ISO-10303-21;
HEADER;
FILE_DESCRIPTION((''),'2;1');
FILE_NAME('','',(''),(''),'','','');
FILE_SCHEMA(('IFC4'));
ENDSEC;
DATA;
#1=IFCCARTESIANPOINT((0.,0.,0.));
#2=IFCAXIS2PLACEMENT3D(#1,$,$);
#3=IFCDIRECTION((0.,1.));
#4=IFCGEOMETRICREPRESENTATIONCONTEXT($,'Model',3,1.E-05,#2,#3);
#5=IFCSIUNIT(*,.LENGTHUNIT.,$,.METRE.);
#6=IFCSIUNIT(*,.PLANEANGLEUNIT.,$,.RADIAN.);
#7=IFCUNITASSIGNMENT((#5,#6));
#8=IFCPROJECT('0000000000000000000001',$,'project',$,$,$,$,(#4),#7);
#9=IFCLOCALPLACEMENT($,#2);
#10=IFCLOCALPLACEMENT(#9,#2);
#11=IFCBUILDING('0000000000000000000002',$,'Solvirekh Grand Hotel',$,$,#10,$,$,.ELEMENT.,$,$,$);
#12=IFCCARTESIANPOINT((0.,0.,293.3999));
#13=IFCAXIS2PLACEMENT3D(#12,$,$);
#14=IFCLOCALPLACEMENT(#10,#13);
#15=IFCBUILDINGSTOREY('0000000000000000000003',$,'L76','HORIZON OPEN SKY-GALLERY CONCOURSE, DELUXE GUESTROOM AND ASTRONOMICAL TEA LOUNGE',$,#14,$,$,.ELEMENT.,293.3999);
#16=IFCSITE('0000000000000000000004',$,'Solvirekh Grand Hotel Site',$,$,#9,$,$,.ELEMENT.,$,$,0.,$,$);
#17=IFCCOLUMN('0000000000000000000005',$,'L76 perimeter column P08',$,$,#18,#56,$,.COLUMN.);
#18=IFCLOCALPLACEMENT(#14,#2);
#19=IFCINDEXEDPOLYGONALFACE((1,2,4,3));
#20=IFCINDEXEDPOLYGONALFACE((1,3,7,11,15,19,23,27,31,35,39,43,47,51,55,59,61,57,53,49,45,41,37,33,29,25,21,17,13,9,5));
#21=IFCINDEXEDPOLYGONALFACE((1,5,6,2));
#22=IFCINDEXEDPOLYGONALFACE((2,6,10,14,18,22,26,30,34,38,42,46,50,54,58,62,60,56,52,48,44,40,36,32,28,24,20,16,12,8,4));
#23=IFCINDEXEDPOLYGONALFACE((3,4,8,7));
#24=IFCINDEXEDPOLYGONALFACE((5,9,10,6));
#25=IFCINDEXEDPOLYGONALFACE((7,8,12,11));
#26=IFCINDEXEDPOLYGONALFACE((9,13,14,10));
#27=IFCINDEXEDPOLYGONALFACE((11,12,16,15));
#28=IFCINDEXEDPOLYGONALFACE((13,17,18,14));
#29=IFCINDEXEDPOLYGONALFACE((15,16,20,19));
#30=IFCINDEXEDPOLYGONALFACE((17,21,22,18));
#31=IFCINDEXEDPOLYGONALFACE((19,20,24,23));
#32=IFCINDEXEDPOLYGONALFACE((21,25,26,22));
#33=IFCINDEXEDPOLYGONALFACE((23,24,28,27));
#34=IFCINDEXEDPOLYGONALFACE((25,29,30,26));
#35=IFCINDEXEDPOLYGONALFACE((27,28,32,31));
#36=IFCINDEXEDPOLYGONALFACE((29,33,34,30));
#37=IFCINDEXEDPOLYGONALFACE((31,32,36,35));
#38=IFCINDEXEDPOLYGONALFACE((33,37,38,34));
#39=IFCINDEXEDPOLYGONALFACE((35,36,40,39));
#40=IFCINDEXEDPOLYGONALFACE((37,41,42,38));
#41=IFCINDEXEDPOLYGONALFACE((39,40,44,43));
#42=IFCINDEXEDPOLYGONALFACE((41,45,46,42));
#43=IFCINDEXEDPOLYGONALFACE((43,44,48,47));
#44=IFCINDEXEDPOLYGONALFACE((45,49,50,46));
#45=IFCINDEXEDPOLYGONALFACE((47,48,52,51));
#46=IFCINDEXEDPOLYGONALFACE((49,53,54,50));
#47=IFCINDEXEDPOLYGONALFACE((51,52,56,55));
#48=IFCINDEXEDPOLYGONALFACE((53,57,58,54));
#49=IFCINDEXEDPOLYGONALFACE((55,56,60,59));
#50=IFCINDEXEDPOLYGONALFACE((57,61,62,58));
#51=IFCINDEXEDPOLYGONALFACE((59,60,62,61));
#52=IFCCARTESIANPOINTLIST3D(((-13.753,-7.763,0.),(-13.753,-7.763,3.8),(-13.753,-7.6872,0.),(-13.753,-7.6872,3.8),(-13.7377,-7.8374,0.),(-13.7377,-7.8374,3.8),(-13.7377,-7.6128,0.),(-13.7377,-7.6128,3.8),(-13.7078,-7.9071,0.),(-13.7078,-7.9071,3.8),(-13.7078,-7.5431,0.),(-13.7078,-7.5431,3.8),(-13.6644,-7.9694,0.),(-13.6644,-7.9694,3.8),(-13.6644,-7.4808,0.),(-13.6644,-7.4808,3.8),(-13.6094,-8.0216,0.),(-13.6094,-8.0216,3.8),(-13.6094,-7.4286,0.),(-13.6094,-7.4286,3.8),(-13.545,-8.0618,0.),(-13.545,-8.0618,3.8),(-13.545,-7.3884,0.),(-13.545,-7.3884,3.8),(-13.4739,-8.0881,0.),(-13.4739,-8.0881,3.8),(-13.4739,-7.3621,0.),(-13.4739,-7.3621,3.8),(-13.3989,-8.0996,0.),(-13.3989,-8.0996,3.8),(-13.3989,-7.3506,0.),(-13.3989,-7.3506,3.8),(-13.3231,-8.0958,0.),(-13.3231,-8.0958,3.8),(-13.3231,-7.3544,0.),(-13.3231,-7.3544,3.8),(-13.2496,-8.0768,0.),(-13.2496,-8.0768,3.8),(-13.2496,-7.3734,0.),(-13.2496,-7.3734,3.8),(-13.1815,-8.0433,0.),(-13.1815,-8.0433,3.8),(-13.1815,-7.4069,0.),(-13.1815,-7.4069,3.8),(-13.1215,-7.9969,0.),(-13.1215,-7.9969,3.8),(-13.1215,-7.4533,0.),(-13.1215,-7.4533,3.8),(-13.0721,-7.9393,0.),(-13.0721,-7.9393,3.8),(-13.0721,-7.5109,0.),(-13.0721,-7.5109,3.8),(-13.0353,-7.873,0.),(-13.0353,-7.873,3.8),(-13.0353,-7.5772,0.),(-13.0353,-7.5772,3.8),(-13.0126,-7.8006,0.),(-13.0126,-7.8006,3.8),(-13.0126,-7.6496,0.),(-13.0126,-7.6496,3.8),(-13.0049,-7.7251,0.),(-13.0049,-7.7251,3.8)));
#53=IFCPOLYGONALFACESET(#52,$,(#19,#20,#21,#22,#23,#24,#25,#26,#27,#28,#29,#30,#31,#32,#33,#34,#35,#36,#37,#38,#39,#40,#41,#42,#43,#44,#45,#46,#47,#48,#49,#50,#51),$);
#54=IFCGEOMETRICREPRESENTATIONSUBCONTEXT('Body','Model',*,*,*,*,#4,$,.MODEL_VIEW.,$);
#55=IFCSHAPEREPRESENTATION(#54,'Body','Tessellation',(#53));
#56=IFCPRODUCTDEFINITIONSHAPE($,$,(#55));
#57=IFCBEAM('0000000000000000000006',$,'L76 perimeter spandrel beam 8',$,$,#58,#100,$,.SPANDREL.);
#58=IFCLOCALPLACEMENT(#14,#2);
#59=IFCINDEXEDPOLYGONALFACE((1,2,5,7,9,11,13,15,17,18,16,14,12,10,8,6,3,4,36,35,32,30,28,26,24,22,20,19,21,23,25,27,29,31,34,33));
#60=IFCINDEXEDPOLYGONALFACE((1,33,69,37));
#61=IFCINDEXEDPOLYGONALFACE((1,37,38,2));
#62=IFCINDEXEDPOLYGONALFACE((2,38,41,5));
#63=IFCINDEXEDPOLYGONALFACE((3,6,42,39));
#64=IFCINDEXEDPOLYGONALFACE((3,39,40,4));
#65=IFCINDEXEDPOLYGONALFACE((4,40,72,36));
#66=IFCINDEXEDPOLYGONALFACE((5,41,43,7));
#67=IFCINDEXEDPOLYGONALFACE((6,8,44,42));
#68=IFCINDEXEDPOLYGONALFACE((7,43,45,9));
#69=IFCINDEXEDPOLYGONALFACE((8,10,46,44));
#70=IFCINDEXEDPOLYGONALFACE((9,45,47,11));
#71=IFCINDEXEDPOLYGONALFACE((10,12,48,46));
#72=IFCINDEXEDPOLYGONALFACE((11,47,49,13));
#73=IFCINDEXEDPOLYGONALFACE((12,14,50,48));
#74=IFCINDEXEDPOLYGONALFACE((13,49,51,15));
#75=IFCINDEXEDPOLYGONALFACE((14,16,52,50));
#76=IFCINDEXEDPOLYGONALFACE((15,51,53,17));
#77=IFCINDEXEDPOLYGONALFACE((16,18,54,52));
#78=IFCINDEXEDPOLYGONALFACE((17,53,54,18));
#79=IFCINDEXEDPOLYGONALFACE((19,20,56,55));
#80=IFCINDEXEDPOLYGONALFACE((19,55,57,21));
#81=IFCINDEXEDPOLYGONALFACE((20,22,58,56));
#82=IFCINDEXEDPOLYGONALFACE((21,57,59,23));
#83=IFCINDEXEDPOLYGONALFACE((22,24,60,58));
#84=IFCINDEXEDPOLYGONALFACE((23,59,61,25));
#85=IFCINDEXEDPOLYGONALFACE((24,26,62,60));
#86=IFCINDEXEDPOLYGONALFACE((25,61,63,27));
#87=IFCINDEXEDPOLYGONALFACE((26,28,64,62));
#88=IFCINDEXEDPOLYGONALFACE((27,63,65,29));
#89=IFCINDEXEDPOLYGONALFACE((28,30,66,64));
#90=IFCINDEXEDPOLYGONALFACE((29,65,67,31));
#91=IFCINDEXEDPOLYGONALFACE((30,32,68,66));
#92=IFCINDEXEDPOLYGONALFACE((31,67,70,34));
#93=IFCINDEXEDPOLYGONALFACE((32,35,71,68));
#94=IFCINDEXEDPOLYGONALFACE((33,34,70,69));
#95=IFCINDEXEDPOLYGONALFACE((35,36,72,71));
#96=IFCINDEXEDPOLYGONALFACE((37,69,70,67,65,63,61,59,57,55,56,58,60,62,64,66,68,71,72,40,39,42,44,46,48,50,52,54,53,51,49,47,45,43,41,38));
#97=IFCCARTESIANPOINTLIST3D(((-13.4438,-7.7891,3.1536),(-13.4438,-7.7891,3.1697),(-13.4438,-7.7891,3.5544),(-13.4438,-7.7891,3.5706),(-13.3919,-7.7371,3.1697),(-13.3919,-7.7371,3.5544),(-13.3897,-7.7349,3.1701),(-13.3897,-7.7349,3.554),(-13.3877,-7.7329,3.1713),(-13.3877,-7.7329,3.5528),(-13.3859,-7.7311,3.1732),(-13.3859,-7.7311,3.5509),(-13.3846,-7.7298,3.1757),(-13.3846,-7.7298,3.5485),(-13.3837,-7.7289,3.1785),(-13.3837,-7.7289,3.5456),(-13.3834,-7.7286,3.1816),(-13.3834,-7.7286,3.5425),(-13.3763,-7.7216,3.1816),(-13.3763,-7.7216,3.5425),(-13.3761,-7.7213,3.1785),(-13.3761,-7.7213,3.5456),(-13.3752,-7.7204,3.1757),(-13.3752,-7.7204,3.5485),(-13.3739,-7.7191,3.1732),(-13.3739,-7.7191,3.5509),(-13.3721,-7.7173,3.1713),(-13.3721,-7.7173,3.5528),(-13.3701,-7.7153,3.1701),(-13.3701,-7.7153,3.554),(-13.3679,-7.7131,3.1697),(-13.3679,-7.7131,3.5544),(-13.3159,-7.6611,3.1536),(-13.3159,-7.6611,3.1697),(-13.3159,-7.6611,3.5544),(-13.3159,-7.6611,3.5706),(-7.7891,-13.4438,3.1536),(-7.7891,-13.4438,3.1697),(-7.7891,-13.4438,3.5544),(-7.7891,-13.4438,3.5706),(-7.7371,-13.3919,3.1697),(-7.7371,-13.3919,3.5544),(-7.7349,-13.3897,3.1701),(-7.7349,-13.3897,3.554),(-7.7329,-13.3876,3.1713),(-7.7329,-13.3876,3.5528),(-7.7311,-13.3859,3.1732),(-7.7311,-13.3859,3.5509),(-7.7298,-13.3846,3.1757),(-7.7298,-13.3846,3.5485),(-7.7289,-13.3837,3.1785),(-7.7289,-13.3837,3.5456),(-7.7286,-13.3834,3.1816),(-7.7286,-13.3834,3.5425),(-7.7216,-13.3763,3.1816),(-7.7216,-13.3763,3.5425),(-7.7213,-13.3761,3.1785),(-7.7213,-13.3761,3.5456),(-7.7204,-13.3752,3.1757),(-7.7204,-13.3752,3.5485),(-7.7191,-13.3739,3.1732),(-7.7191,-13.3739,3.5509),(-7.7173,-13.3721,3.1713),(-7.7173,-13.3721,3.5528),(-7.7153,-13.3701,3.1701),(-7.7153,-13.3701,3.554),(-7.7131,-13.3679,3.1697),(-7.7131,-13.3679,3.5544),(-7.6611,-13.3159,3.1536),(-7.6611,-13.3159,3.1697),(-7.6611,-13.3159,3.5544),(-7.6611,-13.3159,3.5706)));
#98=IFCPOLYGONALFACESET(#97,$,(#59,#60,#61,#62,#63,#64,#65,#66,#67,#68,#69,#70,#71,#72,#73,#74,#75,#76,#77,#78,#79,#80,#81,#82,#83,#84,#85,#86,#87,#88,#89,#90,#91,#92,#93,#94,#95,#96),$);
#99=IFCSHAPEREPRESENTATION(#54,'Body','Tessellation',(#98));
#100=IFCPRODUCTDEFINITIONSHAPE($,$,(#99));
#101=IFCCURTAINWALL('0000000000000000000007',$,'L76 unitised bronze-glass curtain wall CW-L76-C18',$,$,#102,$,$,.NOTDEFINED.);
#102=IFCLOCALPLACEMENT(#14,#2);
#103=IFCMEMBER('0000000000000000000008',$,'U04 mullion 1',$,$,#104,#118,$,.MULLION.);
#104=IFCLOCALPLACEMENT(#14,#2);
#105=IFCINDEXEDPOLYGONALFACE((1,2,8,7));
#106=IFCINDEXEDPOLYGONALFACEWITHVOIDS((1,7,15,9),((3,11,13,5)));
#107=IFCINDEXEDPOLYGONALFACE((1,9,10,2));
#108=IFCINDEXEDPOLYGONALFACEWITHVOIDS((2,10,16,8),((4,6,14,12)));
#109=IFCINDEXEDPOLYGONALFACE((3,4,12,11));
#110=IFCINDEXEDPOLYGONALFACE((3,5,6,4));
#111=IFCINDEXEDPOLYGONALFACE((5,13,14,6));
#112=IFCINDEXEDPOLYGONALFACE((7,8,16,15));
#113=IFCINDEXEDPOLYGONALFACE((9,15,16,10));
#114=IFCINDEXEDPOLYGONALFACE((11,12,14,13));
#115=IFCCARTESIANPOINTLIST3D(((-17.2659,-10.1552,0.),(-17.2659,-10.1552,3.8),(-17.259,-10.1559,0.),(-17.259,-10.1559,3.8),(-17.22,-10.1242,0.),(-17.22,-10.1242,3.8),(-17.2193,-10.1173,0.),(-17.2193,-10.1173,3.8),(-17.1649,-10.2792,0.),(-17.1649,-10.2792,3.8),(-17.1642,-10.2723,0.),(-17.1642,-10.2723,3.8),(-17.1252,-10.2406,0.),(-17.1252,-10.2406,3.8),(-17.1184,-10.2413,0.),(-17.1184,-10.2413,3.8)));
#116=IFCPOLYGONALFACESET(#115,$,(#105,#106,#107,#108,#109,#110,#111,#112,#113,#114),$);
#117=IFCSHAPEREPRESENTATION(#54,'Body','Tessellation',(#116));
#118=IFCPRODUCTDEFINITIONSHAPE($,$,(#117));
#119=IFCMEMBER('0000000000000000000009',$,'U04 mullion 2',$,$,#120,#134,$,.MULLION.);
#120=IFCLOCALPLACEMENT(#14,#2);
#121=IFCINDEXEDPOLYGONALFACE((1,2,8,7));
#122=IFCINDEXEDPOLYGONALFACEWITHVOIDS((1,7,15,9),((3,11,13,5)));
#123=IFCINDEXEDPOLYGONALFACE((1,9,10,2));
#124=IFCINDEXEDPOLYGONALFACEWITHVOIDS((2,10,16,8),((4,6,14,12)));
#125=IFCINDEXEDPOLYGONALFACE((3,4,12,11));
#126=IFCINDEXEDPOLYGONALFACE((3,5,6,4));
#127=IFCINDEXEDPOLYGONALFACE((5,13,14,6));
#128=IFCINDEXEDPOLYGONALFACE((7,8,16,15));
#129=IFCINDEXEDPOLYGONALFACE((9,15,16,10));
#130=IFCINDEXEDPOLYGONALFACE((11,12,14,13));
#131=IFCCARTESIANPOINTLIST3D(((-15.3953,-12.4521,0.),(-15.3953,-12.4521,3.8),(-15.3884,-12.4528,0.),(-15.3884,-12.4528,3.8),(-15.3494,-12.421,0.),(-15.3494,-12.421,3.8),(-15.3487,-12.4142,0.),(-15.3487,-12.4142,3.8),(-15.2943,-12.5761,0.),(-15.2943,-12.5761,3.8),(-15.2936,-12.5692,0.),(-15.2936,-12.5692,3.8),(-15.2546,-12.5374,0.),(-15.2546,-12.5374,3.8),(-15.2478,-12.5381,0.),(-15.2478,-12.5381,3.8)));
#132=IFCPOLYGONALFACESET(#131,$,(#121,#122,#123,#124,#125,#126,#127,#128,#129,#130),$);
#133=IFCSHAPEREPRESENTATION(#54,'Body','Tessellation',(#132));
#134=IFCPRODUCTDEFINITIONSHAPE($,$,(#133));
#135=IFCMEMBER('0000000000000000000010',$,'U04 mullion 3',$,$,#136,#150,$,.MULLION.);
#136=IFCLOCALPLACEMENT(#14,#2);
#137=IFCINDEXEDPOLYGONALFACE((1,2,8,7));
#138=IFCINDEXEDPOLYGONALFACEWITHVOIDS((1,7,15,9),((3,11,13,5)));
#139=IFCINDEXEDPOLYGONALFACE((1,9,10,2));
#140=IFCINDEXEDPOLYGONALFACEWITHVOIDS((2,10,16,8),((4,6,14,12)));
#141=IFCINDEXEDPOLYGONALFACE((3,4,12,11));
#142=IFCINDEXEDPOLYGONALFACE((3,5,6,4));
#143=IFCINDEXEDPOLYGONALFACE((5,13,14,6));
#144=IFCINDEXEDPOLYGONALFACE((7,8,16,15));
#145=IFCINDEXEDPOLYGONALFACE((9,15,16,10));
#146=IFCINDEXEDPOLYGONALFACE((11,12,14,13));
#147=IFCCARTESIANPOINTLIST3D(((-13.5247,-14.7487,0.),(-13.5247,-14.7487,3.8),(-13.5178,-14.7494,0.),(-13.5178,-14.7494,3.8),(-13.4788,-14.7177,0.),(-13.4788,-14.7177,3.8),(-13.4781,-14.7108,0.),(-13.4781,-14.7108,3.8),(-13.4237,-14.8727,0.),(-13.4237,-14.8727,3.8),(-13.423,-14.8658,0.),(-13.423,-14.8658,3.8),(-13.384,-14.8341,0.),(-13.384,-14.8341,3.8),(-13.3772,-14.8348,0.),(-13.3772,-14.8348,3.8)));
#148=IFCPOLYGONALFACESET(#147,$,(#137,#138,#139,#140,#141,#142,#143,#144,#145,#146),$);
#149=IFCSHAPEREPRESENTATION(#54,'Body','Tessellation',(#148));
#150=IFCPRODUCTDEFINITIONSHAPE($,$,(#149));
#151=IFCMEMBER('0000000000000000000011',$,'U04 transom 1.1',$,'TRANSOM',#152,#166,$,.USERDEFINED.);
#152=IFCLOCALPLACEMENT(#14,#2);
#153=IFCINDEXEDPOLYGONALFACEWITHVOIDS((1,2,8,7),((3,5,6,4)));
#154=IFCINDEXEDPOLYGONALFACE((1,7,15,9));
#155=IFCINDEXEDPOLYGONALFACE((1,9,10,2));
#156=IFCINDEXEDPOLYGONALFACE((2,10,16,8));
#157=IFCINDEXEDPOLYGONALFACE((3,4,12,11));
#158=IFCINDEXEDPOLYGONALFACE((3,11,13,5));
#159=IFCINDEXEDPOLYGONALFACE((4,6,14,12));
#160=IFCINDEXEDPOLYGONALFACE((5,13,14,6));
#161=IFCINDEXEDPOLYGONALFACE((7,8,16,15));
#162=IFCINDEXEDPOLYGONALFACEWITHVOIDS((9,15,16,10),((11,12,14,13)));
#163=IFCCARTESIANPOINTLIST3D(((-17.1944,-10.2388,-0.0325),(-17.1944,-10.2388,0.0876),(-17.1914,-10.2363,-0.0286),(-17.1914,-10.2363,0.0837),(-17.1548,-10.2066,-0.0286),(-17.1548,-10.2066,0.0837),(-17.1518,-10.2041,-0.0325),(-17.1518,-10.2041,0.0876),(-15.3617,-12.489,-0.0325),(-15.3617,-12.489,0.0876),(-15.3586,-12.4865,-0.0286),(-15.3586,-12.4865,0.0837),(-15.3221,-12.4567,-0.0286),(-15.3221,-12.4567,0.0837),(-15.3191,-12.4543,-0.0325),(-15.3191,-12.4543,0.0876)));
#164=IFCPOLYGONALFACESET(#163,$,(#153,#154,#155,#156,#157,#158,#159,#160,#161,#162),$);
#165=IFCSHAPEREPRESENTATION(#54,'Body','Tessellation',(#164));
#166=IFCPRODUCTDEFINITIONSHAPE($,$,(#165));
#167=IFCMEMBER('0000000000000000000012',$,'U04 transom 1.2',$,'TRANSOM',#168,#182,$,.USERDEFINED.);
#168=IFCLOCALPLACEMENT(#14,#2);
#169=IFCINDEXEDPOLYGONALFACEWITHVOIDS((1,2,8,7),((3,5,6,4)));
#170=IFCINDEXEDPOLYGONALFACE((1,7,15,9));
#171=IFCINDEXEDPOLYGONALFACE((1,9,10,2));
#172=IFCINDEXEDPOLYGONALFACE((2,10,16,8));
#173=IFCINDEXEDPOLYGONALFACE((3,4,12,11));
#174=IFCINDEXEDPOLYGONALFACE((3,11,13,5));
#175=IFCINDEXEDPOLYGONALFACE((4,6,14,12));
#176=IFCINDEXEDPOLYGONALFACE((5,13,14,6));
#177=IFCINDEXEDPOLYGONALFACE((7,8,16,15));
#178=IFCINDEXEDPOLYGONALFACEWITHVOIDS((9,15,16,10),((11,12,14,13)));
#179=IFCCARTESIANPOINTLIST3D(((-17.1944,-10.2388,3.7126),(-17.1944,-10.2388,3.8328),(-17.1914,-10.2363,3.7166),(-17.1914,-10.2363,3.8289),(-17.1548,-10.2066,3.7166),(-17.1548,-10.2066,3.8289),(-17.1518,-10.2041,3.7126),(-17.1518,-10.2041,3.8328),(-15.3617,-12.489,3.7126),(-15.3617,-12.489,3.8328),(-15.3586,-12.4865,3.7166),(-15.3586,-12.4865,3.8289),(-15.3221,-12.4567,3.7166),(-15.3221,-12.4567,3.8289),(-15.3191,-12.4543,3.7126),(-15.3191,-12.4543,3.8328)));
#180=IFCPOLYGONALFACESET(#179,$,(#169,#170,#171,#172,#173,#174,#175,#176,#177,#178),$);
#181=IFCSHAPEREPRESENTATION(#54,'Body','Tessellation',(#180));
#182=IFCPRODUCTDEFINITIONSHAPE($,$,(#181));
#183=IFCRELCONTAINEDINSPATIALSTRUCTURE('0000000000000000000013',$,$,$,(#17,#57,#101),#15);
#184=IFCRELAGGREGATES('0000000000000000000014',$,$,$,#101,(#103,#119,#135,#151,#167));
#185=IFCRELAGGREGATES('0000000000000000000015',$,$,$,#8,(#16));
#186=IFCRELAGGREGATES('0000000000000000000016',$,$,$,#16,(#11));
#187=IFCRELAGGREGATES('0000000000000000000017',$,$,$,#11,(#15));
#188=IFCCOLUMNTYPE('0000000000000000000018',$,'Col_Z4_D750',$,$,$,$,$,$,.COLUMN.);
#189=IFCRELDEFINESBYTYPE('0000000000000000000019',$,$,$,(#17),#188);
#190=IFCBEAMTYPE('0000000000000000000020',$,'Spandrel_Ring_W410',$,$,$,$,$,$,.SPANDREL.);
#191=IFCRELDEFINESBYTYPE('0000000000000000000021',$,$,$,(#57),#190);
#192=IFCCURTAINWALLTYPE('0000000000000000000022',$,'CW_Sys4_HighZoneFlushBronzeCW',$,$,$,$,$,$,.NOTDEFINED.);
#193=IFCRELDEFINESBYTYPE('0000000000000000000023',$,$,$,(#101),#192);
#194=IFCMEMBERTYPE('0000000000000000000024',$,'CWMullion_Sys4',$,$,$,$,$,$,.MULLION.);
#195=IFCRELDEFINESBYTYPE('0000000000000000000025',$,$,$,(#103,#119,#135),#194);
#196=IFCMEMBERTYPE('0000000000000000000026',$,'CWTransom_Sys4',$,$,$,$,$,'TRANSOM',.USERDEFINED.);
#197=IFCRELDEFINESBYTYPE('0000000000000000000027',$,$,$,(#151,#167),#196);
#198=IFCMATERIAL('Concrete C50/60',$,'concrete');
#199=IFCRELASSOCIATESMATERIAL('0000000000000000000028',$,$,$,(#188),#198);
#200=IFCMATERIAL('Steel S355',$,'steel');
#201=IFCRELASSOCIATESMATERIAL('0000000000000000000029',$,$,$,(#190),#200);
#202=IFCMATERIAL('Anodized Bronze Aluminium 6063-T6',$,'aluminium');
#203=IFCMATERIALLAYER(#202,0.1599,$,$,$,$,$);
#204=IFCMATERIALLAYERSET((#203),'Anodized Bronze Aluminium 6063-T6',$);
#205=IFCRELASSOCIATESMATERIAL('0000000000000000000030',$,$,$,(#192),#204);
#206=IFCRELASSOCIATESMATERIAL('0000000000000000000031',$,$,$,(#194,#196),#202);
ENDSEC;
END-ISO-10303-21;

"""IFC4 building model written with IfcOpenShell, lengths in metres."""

from ifc_helpers import new_model, si_unit, direction, frame, origin, origin_2d, place, context, subcontext, project, spatial, hollow_rectangle, circle, i_section, extrude, source, transform, mapped, material, layer, layer_set, material_profile, profile_set, type_object, element, aggregate, save


model = new_model("IFC4")

# Units and contexts
model_context = context("Model", 3, precision=1e-05, world=origin(), true_north=direction((0.0, 1.0)))
body_context = subcontext(model_context, "Body", "Model", "MODEL_VIEW")
ifc_project = project(units=[si_unit("LENGTHUNIT", "METRE"), si_unit("PLANEANGLEUNIT", "RADIAN")], contexts=[model_context])

# Site, building, storey
site_placement = place(None, origin())
site = spatial("IfcSite", under=ifc_project, at=site_placement, Name="Solvirekh Grand Hotel Site", CompositionType="ELEMENT", RefElevation=0.0)
building_placement = place(site_placement, origin())
building = spatial("IfcBuilding", under=site, at=building_placement, Name="Solvirekh Grand Hotel", CompositionType="ELEMENT")
storey_placement = place(building_placement, frame((0.0, 0.0, 293.3999)))
storey = spatial("IfcBuildingStorey", under=building, at=storey_placement, Name="L76", Description="HORIZON OPEN SKY-GALLERY CONCOURSE, DELUXE GUESTROOM AND ASTRONOMICAL TEA LOUNGE", CompositionType="ELEMENT", Elevation=293.3999)

# Column
ifc_material_1 = material(Name="Concrete C50/60", Category="concrete")
ifc_material_profile_1 = material_profile(ifc_material_1, circle(Radius=0.375, at=origin_2d()), Name="RC CIRC D750")
ifc_profile_set_1 = profile_set([ifc_material_profile_1], Name="Concrete C50/60")
column_type = type_object("IfcColumnType", Name="Col_Z4_D750", PredefinedType="COLUMN", material=ifc_profile_set_1)
column_placement = place(storey_placement, frame((-13.3799, -7.7251, 0.0), z_axis=(0.0, 0.0, 1.0), x_axis=(1.0, 0.0, 0.0)))
element("IfcColumn", 1, at=column_placement, inside=storey, type_object=column_type, Name="L76 perimeter column P08", PredefinedType="COLUMN", context=body_context, shape_type="SweptSolid", body=[
    extrude(circle(Radius=0.375, at=origin_2d()), origin(), (0.0, 0.0, 1.0), 3.8),
])

# Beam
ifc_material_2 = material(Name="Steel S355", Category="steel")
ifc_material_profile_2 = material_profile(ifc_material_2, i_section(OverallWidth=0.1809, OverallDepth=0.417, WebThickness=0.01, FlangeThickness=0.0161, FilletRadius=0.012, at=origin_2d()), Name="W410X85")
ifc_profile_set_2 = profile_set([ifc_material_profile_2], Name="Steel S355")
beam_type = type_object("IfcBeamType", Name="Spandrel_Ring_W410", PredefinedType="SPANDREL", material=ifc_profile_set_2)
beam_placement = place(storey_placement, frame((-13.3799, -7.7251, 3.3621), z_axis=(0.707107, -0.707107, 0.0), x_axis=(0.707107, 0.707107, 0.0)))
element("IfcBeam", 2, at=beam_placement, inside=storey, type_object=beam_type, Name="L76 perimeter spandrel beam 8", PredefinedType="SPANDREL", context=body_context, shape_type="SweptSolid", body=[
    extrude(i_section(OverallWidth=0.1809, OverallDepth=0.417, WebThickness=0.01, FlangeThickness=0.0161, FilletRadius=0.012, at=origin_2d()), origin(), (0.0, 0.0, 1.0), 7.9971),
])

# Curtain wall, members
ifc_material_3 = material(Name="Anodized Bronze Aluminium 6063-T6", Category="aluminium")
ifc_layer_1 = layer(ifc_material_3, 0.1599)
ifc_layer_set_1 = layer_set([ifc_layer_1], Name="Anodized Bronze Aluminium 6063-T6")
curtain_wall_type = type_object("IfcCurtainWallType", Name="CW_Sys4_HighZoneFlushBronzeCW", PredefinedType="NOTDEFINED", material=ifc_layer_set_1)
curtain_wall_placement = place(storey_placement, origin())
curtain_wall = element("IfcCurtainWall", 3, at=curtain_wall_placement, inside=storey, type_object=curtain_wall_type, Name="L76 unitised bronze-glass curtain wall CW-L76-C18", PredefinedType="NOTDEFINED")
ifc_material_profile_3 = material_profile(ifc_material_3, hollow_rectangle(XDim=0.0601, YDim=0.1599, WallThickness=0.0049, at=origin_2d()), Name="ALU RHS 160X60X5")
ifc_profile_set_3 = profile_set([ifc_material_profile_3], Name="Anodized Bronze Aluminium 6063-T6")
member_type_1 = type_object("IfcMemberType", Name="CWMullion_Sys4", PredefinedType="MULLION", material=ifc_profile_set_3)
shared_shape_1 = source(origin(), body_context, "Body", "SweptSolid", [
    extrude(hollow_rectangle(XDim=0.0601, YDim=0.1599, WallThickness=0.0049, at=origin_2d()), origin(), (0.0, 0.0, 1.0), 3.8),
])
member_1_placement = place(storey_placement, frame((-17.1921, -10.1982, 0.0), z_axis=(0.0, 0.0, 1.0), x_axis=(0.775377, 0.631498, 0.0)))
member_1 = element("IfcMember", 4, at=member_1_placement, type_object=member_type_1, Name="U04 mullion 1", PredefinedType="MULLION", context=body_context, shape_type="MappedRepresentation", body=[
    mapped(shared_shape_1, transform((0.0, 0.0, 0.0), x_axis=(1.0, 0.0, 0.0), y_axis=(0.0, 1.0, 0.0), z_axis=(0.0, 0.0, 1.0), scale=1.0)),
])
member_2_placement = place(storey_placement, frame((-15.3215, -12.4951, 0.0), z_axis=(0.0, 0.0, 1.0), x_axis=(0.775377, 0.631498, 0.0)))
member_2 = element("IfcMember", 5, at=member_2_placement, type_object=member_type_1, Name="U04 mullion 2", PredefinedType="MULLION", context=body_context, shape_type="MappedRepresentation", body=[
    mapped(shared_shape_1, transform((0.0, 0.0, 0.0), x_axis=(1.0, 0.0, 0.0), y_axis=(0.0, 1.0, 0.0), z_axis=(0.0, 0.0, 1.0), scale=1.0)),
])
member_3_placement = place(storey_placement, frame((-13.4509, -14.7917, 0.0), z_axis=(0.0, 0.0, 1.0), x_axis=(0.775377, 0.631498, 0.0)))
member_3 = element("IfcMember", 6, at=member_3_placement, type_object=member_type_1, Name="U04 mullion 3", PredefinedType="MULLION", context=body_context, shape_type="MappedRepresentation", body=[
    mapped(shared_shape_1, transform((0.0, 0.0, 0.0), x_axis=(1.0, 0.0, 0.0), y_axis=(0.0, 1.0, 0.0), z_axis=(0.0, 0.0, 1.0), scale=1.0)),
])
ifc_material_profile_4 = material_profile(ifc_material_3, hollow_rectangle(XDim=0.0549, YDim=0.1201, WallThickness=0.0039, at=origin_2d()), Name="ALU RHS 120X55X4")
ifc_profile_set_4 = profile_set([ifc_material_profile_4], Name="Anodized Bronze Aluminium 6063-T6")
member_type_2 = type_object("IfcMemberType", Name="CWTransom_Sys4", ElementType="TRANSOM", PredefinedType="USERDEFINED", material=ifc_profile_set_4)
shared_shape_2 = source(origin(), body_context, "Body", "SweptSolid", [
    extrude(hollow_rectangle(XDim=0.0549, YDim=0.1201, WallThickness=0.0039, at=origin_2d()), origin(), (0.0, 0.0, 1.0), 2.9021),
])
member_4_placement = place(storey_placement, frame((-17.1731, -10.2214, 0.0276), z_axis=(0.631514, -0.775365, 0.0), x_axis=(0.775365, 0.631514, 0.0)))
member_4 = element("IfcMember", 7, at=member_4_placement, type_object=member_type_2, Name="U04 transom 1.1", ObjectType="TRANSOM", PredefinedType="USERDEFINED", context=body_context, shape_type="MappedRepresentation", body=[
    mapped(shared_shape_2, transform((0.0, 0.0, 0.0), x_axis=(1.0, 0.0, 0.0), y_axis=(0.0, 1.0, 0.0), z_axis=(0.0, 0.0, 1.0), scale=1.0)),
])
member_5_placement = place(storey_placement, frame((-17.1731, -10.2214, 3.7727), z_axis=(0.631514, -0.775365, 0.0), x_axis=(0.775365, 0.631514, 0.0)))
member_5 = element("IfcMember", 8, at=member_5_placement, type_object=member_type_2, Name="U04 transom 1.2", ObjectType="TRANSOM", PredefinedType="USERDEFINED", context=body_context, shape_type="MappedRepresentation", body=[
    mapped(shared_shape_2, transform((0.0, 0.0, 0.0), x_axis=(1.0, 0.0, 0.0), y_axis=(0.0, 1.0, 0.0), z_axis=(0.0, 0.0, 1.0), scale=1.0)),
])
aggregate(curtain_wall, [member_1, member_2, member_3, member_4, member_5])

save(model, "model.ifc")
